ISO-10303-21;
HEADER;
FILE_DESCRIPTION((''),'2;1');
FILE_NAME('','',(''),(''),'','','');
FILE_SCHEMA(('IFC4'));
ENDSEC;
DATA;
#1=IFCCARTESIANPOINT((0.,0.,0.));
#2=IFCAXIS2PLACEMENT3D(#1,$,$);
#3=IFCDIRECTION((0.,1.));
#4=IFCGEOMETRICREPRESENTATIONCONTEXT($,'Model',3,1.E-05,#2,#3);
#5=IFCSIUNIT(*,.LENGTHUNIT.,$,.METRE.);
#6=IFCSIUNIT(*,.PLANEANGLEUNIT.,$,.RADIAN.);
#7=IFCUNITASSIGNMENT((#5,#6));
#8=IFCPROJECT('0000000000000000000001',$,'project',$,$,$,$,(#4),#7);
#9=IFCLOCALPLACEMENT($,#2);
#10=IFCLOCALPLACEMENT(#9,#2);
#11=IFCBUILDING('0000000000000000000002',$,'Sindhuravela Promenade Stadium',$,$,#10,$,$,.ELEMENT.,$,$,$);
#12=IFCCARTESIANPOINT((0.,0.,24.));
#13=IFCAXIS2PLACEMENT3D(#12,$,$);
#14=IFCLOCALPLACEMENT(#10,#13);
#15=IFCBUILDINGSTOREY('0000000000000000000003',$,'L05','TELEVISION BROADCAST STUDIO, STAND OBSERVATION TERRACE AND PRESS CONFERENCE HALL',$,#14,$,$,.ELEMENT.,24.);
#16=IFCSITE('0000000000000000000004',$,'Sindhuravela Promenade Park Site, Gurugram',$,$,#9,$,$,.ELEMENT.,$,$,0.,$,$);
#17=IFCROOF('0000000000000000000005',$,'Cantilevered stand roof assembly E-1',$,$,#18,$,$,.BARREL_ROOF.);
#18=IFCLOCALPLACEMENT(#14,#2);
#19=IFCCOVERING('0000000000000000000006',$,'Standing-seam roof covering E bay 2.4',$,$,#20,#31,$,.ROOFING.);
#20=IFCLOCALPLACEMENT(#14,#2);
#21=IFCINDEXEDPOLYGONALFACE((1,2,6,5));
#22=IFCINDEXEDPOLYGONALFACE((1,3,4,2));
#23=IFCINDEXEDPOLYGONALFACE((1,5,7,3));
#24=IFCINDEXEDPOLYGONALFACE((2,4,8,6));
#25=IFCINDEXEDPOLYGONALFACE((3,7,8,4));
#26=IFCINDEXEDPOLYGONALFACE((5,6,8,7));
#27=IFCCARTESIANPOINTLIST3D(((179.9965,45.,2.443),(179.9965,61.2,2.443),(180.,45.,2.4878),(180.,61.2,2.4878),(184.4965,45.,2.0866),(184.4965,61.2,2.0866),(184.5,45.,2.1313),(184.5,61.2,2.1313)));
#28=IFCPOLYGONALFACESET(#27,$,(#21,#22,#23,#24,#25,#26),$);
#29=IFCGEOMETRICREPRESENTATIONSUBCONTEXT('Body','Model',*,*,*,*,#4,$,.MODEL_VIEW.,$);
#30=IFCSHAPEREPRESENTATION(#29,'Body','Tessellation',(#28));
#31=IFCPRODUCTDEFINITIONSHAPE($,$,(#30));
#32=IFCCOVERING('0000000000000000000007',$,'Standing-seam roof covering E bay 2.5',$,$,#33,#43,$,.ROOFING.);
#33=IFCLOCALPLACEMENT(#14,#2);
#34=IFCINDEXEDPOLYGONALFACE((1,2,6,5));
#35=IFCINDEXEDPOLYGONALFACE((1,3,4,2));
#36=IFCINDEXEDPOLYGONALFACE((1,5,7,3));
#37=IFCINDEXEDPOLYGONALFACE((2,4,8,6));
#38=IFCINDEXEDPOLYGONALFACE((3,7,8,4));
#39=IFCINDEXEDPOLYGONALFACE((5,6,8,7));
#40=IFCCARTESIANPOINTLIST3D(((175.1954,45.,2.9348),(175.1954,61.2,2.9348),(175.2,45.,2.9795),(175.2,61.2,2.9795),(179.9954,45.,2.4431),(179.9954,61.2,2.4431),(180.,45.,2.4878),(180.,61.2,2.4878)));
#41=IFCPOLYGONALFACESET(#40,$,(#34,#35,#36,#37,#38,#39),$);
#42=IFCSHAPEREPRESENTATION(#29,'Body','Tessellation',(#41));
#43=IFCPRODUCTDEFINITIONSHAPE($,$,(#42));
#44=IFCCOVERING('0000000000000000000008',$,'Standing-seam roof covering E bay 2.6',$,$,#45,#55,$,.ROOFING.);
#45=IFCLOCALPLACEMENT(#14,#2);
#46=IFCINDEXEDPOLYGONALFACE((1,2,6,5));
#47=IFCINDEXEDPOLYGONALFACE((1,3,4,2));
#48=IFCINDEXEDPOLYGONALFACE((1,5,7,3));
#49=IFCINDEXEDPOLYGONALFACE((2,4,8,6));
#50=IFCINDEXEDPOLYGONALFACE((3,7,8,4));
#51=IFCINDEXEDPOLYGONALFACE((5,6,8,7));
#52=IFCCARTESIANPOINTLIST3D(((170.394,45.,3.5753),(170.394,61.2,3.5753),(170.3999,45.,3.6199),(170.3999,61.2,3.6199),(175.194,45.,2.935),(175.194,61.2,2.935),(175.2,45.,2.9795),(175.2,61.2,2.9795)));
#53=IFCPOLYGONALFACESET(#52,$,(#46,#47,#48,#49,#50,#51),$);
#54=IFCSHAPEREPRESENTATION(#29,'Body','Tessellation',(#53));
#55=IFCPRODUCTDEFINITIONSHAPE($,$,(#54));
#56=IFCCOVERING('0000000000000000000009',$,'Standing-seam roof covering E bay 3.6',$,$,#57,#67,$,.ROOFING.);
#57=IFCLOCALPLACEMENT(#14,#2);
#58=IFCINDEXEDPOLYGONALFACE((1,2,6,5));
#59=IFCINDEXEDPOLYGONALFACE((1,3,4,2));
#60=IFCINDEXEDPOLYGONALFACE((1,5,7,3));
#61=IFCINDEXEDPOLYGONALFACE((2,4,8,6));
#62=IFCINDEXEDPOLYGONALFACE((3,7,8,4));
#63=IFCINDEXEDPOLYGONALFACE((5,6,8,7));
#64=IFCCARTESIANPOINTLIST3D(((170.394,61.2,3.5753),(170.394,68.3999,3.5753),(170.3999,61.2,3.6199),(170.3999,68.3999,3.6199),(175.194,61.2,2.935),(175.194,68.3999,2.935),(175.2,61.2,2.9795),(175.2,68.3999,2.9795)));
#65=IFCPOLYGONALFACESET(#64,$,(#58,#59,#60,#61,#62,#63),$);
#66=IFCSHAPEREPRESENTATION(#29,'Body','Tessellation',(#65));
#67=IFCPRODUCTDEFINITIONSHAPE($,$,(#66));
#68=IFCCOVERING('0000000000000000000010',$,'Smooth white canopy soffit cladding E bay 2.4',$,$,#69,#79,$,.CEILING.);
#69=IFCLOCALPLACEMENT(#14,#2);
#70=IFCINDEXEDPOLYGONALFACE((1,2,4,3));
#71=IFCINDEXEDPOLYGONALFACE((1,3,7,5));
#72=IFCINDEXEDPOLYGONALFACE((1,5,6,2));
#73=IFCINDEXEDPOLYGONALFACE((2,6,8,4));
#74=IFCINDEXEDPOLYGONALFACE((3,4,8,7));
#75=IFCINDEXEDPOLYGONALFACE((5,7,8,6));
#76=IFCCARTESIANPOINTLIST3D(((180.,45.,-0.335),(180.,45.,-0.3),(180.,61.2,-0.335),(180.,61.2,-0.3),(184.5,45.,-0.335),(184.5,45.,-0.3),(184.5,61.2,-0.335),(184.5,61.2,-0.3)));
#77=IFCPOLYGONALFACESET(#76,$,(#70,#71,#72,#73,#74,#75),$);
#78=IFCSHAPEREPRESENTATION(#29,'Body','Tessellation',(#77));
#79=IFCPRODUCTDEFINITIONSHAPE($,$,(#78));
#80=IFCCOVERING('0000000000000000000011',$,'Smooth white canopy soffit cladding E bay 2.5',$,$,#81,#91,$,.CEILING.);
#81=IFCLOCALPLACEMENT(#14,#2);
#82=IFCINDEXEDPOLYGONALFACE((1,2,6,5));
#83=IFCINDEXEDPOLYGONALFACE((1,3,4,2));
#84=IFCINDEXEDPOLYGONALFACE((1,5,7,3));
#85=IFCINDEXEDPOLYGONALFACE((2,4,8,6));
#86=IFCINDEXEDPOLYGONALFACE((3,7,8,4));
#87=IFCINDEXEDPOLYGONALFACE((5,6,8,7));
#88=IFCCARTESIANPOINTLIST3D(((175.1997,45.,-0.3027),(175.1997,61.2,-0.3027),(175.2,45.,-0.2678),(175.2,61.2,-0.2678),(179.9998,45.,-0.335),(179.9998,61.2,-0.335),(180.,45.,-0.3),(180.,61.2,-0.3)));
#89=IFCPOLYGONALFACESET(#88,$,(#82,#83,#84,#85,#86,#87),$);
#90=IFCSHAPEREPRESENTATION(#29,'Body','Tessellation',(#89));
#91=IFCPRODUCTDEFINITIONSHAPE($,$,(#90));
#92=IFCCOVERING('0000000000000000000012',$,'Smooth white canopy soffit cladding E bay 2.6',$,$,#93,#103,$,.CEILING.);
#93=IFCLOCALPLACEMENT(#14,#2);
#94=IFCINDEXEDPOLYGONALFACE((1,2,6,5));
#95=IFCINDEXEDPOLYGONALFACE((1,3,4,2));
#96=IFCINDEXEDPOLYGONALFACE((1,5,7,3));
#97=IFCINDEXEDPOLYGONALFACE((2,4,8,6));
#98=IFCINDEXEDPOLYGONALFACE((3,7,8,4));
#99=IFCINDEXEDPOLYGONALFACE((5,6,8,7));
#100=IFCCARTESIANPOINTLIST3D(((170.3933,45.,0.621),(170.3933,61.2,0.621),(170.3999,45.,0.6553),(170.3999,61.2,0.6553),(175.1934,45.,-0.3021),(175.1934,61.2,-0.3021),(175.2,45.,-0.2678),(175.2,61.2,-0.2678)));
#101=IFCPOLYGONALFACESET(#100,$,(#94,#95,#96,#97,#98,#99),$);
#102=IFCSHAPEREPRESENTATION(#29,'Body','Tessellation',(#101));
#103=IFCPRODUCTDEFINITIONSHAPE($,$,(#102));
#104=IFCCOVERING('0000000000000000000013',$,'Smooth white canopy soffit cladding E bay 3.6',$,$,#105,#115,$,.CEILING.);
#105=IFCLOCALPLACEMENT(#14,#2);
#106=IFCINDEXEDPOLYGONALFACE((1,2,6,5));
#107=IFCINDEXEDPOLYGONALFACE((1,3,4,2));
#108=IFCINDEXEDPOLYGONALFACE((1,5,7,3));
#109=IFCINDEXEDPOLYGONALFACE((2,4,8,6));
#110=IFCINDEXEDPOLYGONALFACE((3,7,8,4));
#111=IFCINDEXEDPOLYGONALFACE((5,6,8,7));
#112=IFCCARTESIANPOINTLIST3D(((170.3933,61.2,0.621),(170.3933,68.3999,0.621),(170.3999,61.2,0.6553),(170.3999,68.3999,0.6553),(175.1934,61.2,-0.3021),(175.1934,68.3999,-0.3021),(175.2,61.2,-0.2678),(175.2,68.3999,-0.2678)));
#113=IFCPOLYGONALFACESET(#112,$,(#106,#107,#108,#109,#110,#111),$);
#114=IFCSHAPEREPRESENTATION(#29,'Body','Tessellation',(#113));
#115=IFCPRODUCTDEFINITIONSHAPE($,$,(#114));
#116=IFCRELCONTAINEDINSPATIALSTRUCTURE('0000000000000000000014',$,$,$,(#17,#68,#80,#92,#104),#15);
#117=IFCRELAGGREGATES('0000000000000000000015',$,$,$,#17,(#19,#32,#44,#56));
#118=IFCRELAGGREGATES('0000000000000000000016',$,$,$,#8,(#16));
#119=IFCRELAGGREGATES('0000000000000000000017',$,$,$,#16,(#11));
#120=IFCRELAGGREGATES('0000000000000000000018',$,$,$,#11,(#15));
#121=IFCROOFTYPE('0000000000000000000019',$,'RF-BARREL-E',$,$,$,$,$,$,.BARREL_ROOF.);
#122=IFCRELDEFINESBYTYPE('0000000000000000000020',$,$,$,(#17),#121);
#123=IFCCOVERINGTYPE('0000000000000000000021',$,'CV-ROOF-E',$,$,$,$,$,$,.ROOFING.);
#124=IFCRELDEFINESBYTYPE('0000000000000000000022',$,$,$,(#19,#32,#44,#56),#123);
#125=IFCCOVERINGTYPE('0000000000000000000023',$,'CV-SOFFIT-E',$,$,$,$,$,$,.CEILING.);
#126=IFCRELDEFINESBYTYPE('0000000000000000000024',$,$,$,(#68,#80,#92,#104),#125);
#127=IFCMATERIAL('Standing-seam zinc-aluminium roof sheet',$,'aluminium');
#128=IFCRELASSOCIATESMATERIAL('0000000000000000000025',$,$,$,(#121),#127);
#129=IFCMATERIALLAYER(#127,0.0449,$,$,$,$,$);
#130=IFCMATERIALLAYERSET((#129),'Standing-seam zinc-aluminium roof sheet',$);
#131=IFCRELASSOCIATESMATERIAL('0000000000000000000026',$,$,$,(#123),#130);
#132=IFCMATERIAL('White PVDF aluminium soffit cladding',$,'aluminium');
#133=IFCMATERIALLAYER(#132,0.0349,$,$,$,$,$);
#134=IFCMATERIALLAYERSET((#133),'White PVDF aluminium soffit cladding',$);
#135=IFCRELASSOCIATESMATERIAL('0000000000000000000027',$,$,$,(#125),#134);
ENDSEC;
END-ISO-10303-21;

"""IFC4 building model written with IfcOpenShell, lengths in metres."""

from ifc_helpers import new_model, si_unit, direction, frame, origin, place, context, subcontext, project, spatial, polyline, outline, extrude, material, layer, layer_set, type_object, element, aggregate, save


model = new_model("IFC4")

# Units and contexts
model_context = context("Model", 3, precision=1e-05, world=origin(), true_north=direction((0.0, 1.0)))
body_context = subcontext(model_context, "Body", "Model", "MODEL_VIEW")
ifc_project = project(units=[si_unit("LENGTHUNIT", "METRE"), si_unit("PLANEANGLEUNIT", "RADIAN")], contexts=[model_context])

# Site, building, storey
site_placement = place(None, origin())
site = spatial("IfcSite", under=ifc_project, at=site_placement, Name="Sindhuravela Promenade Park Site, Gurugram", CompositionType="ELEMENT", RefElevation=0.0)
building_placement = place(site_placement, origin())
building = spatial("IfcBuilding", under=site, at=building_placement, Name="Sindhuravela Promenade Stadium", CompositionType="ELEMENT")
storey_placement = place(building_placement, frame((0.0, 0.0, 24.0)))
storey = spatial("IfcBuildingStorey", under=building, at=storey_placement, Name="L05", Description="TELEVISION BROADCAST STUDIO, STAND OBSERVATION TERRACE AND PRESS CONFERENCE HALL", CompositionType="ELEMENT", Elevation=24.0)

# Roof, coverings
ifc_material_1 = material(Name="Standing-seam zinc-aluminium roof sheet", Category="aluminium")
roof_type = type_object("IfcRoofType", Name="RF-BARREL-E", PredefinedType="BARREL_ROOF", material=ifc_material_1)
roof_placement = place(storey_placement, origin())
roof = element("IfcRoof", 1, at=roof_placement, inside=storey, type_object=roof_type, Name="Cantilevered stand roof assembly E-1", PredefinedType="BARREL_ROOF")
ifc_layer_1 = layer(ifc_material_1, 0.0449)
ifc_layer_set_1 = layer_set([ifc_layer_1], Name="Standing-seam zinc-aluminium roof sheet")
covering_type_1 = type_object("IfcCoveringType", Name="CV-ROOF-E", PredefinedType="ROOFING", material=ifc_layer_set_1)
covering_1_placement = place(storey_placement, frame((184.5, 45.0, 2.1313), z_axis=(0.078963, 0.0, 0.996878), x_axis=(0.0, 1.0, 0.0)))
covering_1 = element("IfcCovering", 2, at=covering_1_placement, type_object=covering_type_1, Name="Standing-seam roof covering E bay 2.4", PredefinedType="ROOFING", context=body_context, shape_type="SweptSolid", body=[
    extrude(outline(polyline([(0.0, 0.0), (16.2, 0.0), (16.2, 4.5141), (0.0, 4.5141), (0.0, 0.0)])), origin(), (0.0, 0.0, -1.0), 0.0449),
])
covering_2_placement = place(storey_placement, frame((180.0, 45.0, 2.4878), z_axis=(0.101903, 0.0, 0.994794), x_axis=(0.0, 1.0, 0.0)))
covering_2 = element("IfcCovering", 3, at=covering_2_placement, type_object=covering_type_1, Name="Standing-seam roof covering E bay 2.5", PredefinedType="ROOFING", context=body_context, shape_type="SweptSolid", body=[
    extrude(outline(polyline([(0.0, 0.0), (16.2, 0.0), (16.2, 4.8252), (0.0, 4.8252), (0.0, 0.0)])), origin(), (0.0, 0.0, -1.0), 0.0449),
])
covering_3_placement = place(storey_placement, frame((175.2, 45.0, 2.9795), z_axis=(0.13224, 0.0, 0.991218), x_axis=(0.0, 1.0, 0.0)))
covering_3 = element("IfcCovering", 4, at=covering_3_placement, type_object=covering_type_1, Name="Standing-seam roof covering E bay 2.6", PredefinedType="ROOFING", context=body_context, shape_type="SweptSolid", body=[
    extrude(outline(polyline([(0.0, 0.0), (16.2, 0.0), (16.2, 4.8426), (0.0, 4.8426), (0.0, 0.0)])), origin(), (0.0, 0.0, -1.0), 0.0449),
])
covering_4_placement = place(storey_placement, frame((175.2, 61.2, 2.9795), z_axis=(0.13224, 0.0, 0.991218), x_axis=(0.0, 1.0, 0.0)))
covering_4 = element("IfcCovering", 5, at=covering_4_placement, type_object=covering_type_1, Name="Standing-seam roof covering E bay 3.6", PredefinedType="ROOFING", context=body_context, shape_type="SweptSolid", body=[
    extrude(outline(polyline([(0.0, 0.0), (7.2, 0.0), (7.2, 4.8426), (0.0, 4.8426), (0.0, 0.0)])), origin(), (0.0, 0.0, -1.0), 0.0449),
])
aggregate(roof, [covering_1, covering_2, covering_3, covering_4])

# Coverings
ifc_material_2 = material(Name="White PVDF aluminium soffit cladding", Category="aluminium")
ifc_layer_2 = layer(ifc_material_2, 0.0349)
ifc_layer_set_2 = layer_set([ifc_layer_2], Name="White PVDF aluminium soffit cladding")
covering_type_2 = type_object("IfcCoveringType", Name="CV-SOFFIT-E", PredefinedType="CEILING", material=ifc_layer_set_2)
covering_5_placement = place(storey_placement, frame((184.5, 45.0, -0.3), z_axis=(0.0, 0.0, 1.0), x_axis=(0.0, 1.0, 0.0)))
element("IfcCovering", 6, at=covering_5_placement, inside=storey, type_object=covering_type_2, Name="Smooth white canopy soffit cladding E bay 2.4", PredefinedType="CEILING", context=body_context, shape_type="SweptSolid", body=[
    extrude(outline(polyline([(0.0, 0.0), (16.2, 0.0), (16.2, 4.5), (0.0, 4.5), (0.0, 0.0)])), origin(), (0.0, 0.0, -1.0), 0.0349),
])
covering_6_placement = place(storey_placement, frame((180.0, 45.0, -0.3), z_axis=(0.006714, 0.0, 0.999977), x_axis=(0.0, 1.0, 0.0)))
element("IfcCovering", 7, at=covering_6_placement, inside=storey, type_object=covering_type_2, Name="Smooth white canopy soffit cladding E bay 2.5", PredefinedType="CEILING", context=body_context, shape_type="SweptSolid", body=[
    extrude(outline(polyline([(0.0, 0.0), (16.2, 0.0), (16.2, 4.8002), (0.0, 4.8002), (0.0, 0.0)])), origin(), (0.0, 0.0, -1.0), 0.0349),
])
covering_7_placement = place(storey_placement, frame((175.2, 45.0, -0.2678), z_axis=(0.188849, 0.0, 0.982006), x_axis=(0.0, 1.0, 0.0)))
element("IfcCovering", 8, at=covering_7_placement, inside=storey, type_object=covering_type_2, Name="Smooth white canopy soffit cladding E bay 2.6", PredefinedType="CEILING", context=body_context, shape_type="SweptSolid", body=[
    extrude(outline(polyline([(0.0, 0.0), (16.2, 0.0), (16.2, 4.888), (0.0, 4.888), (0.0, 0.0)])), origin(), (0.0, 0.0, -1.0), 0.0349),
])
covering_8_placement = place(storey_placement, frame((175.2, 61.2, -0.2678), z_axis=(0.188849, 0.0, 0.982006), x_axis=(0.0, 1.0, 0.0)))
element("IfcCovering", 9, at=covering_8_placement, inside=storey, type_object=covering_type_2, Name="Smooth white canopy soffit cladding E bay 3.6", PredefinedType="CEILING", context=body_context, shape_type="SweptSolid", body=[
    extrude(outline(polyline([(0.0, 0.0), (7.2, 0.0), (7.2, 4.888), (0.0, 4.888), (0.0, 0.0)])), origin(), (0.0, 0.0, -1.0), 0.0349),
])

save(model, "model.ifc")
